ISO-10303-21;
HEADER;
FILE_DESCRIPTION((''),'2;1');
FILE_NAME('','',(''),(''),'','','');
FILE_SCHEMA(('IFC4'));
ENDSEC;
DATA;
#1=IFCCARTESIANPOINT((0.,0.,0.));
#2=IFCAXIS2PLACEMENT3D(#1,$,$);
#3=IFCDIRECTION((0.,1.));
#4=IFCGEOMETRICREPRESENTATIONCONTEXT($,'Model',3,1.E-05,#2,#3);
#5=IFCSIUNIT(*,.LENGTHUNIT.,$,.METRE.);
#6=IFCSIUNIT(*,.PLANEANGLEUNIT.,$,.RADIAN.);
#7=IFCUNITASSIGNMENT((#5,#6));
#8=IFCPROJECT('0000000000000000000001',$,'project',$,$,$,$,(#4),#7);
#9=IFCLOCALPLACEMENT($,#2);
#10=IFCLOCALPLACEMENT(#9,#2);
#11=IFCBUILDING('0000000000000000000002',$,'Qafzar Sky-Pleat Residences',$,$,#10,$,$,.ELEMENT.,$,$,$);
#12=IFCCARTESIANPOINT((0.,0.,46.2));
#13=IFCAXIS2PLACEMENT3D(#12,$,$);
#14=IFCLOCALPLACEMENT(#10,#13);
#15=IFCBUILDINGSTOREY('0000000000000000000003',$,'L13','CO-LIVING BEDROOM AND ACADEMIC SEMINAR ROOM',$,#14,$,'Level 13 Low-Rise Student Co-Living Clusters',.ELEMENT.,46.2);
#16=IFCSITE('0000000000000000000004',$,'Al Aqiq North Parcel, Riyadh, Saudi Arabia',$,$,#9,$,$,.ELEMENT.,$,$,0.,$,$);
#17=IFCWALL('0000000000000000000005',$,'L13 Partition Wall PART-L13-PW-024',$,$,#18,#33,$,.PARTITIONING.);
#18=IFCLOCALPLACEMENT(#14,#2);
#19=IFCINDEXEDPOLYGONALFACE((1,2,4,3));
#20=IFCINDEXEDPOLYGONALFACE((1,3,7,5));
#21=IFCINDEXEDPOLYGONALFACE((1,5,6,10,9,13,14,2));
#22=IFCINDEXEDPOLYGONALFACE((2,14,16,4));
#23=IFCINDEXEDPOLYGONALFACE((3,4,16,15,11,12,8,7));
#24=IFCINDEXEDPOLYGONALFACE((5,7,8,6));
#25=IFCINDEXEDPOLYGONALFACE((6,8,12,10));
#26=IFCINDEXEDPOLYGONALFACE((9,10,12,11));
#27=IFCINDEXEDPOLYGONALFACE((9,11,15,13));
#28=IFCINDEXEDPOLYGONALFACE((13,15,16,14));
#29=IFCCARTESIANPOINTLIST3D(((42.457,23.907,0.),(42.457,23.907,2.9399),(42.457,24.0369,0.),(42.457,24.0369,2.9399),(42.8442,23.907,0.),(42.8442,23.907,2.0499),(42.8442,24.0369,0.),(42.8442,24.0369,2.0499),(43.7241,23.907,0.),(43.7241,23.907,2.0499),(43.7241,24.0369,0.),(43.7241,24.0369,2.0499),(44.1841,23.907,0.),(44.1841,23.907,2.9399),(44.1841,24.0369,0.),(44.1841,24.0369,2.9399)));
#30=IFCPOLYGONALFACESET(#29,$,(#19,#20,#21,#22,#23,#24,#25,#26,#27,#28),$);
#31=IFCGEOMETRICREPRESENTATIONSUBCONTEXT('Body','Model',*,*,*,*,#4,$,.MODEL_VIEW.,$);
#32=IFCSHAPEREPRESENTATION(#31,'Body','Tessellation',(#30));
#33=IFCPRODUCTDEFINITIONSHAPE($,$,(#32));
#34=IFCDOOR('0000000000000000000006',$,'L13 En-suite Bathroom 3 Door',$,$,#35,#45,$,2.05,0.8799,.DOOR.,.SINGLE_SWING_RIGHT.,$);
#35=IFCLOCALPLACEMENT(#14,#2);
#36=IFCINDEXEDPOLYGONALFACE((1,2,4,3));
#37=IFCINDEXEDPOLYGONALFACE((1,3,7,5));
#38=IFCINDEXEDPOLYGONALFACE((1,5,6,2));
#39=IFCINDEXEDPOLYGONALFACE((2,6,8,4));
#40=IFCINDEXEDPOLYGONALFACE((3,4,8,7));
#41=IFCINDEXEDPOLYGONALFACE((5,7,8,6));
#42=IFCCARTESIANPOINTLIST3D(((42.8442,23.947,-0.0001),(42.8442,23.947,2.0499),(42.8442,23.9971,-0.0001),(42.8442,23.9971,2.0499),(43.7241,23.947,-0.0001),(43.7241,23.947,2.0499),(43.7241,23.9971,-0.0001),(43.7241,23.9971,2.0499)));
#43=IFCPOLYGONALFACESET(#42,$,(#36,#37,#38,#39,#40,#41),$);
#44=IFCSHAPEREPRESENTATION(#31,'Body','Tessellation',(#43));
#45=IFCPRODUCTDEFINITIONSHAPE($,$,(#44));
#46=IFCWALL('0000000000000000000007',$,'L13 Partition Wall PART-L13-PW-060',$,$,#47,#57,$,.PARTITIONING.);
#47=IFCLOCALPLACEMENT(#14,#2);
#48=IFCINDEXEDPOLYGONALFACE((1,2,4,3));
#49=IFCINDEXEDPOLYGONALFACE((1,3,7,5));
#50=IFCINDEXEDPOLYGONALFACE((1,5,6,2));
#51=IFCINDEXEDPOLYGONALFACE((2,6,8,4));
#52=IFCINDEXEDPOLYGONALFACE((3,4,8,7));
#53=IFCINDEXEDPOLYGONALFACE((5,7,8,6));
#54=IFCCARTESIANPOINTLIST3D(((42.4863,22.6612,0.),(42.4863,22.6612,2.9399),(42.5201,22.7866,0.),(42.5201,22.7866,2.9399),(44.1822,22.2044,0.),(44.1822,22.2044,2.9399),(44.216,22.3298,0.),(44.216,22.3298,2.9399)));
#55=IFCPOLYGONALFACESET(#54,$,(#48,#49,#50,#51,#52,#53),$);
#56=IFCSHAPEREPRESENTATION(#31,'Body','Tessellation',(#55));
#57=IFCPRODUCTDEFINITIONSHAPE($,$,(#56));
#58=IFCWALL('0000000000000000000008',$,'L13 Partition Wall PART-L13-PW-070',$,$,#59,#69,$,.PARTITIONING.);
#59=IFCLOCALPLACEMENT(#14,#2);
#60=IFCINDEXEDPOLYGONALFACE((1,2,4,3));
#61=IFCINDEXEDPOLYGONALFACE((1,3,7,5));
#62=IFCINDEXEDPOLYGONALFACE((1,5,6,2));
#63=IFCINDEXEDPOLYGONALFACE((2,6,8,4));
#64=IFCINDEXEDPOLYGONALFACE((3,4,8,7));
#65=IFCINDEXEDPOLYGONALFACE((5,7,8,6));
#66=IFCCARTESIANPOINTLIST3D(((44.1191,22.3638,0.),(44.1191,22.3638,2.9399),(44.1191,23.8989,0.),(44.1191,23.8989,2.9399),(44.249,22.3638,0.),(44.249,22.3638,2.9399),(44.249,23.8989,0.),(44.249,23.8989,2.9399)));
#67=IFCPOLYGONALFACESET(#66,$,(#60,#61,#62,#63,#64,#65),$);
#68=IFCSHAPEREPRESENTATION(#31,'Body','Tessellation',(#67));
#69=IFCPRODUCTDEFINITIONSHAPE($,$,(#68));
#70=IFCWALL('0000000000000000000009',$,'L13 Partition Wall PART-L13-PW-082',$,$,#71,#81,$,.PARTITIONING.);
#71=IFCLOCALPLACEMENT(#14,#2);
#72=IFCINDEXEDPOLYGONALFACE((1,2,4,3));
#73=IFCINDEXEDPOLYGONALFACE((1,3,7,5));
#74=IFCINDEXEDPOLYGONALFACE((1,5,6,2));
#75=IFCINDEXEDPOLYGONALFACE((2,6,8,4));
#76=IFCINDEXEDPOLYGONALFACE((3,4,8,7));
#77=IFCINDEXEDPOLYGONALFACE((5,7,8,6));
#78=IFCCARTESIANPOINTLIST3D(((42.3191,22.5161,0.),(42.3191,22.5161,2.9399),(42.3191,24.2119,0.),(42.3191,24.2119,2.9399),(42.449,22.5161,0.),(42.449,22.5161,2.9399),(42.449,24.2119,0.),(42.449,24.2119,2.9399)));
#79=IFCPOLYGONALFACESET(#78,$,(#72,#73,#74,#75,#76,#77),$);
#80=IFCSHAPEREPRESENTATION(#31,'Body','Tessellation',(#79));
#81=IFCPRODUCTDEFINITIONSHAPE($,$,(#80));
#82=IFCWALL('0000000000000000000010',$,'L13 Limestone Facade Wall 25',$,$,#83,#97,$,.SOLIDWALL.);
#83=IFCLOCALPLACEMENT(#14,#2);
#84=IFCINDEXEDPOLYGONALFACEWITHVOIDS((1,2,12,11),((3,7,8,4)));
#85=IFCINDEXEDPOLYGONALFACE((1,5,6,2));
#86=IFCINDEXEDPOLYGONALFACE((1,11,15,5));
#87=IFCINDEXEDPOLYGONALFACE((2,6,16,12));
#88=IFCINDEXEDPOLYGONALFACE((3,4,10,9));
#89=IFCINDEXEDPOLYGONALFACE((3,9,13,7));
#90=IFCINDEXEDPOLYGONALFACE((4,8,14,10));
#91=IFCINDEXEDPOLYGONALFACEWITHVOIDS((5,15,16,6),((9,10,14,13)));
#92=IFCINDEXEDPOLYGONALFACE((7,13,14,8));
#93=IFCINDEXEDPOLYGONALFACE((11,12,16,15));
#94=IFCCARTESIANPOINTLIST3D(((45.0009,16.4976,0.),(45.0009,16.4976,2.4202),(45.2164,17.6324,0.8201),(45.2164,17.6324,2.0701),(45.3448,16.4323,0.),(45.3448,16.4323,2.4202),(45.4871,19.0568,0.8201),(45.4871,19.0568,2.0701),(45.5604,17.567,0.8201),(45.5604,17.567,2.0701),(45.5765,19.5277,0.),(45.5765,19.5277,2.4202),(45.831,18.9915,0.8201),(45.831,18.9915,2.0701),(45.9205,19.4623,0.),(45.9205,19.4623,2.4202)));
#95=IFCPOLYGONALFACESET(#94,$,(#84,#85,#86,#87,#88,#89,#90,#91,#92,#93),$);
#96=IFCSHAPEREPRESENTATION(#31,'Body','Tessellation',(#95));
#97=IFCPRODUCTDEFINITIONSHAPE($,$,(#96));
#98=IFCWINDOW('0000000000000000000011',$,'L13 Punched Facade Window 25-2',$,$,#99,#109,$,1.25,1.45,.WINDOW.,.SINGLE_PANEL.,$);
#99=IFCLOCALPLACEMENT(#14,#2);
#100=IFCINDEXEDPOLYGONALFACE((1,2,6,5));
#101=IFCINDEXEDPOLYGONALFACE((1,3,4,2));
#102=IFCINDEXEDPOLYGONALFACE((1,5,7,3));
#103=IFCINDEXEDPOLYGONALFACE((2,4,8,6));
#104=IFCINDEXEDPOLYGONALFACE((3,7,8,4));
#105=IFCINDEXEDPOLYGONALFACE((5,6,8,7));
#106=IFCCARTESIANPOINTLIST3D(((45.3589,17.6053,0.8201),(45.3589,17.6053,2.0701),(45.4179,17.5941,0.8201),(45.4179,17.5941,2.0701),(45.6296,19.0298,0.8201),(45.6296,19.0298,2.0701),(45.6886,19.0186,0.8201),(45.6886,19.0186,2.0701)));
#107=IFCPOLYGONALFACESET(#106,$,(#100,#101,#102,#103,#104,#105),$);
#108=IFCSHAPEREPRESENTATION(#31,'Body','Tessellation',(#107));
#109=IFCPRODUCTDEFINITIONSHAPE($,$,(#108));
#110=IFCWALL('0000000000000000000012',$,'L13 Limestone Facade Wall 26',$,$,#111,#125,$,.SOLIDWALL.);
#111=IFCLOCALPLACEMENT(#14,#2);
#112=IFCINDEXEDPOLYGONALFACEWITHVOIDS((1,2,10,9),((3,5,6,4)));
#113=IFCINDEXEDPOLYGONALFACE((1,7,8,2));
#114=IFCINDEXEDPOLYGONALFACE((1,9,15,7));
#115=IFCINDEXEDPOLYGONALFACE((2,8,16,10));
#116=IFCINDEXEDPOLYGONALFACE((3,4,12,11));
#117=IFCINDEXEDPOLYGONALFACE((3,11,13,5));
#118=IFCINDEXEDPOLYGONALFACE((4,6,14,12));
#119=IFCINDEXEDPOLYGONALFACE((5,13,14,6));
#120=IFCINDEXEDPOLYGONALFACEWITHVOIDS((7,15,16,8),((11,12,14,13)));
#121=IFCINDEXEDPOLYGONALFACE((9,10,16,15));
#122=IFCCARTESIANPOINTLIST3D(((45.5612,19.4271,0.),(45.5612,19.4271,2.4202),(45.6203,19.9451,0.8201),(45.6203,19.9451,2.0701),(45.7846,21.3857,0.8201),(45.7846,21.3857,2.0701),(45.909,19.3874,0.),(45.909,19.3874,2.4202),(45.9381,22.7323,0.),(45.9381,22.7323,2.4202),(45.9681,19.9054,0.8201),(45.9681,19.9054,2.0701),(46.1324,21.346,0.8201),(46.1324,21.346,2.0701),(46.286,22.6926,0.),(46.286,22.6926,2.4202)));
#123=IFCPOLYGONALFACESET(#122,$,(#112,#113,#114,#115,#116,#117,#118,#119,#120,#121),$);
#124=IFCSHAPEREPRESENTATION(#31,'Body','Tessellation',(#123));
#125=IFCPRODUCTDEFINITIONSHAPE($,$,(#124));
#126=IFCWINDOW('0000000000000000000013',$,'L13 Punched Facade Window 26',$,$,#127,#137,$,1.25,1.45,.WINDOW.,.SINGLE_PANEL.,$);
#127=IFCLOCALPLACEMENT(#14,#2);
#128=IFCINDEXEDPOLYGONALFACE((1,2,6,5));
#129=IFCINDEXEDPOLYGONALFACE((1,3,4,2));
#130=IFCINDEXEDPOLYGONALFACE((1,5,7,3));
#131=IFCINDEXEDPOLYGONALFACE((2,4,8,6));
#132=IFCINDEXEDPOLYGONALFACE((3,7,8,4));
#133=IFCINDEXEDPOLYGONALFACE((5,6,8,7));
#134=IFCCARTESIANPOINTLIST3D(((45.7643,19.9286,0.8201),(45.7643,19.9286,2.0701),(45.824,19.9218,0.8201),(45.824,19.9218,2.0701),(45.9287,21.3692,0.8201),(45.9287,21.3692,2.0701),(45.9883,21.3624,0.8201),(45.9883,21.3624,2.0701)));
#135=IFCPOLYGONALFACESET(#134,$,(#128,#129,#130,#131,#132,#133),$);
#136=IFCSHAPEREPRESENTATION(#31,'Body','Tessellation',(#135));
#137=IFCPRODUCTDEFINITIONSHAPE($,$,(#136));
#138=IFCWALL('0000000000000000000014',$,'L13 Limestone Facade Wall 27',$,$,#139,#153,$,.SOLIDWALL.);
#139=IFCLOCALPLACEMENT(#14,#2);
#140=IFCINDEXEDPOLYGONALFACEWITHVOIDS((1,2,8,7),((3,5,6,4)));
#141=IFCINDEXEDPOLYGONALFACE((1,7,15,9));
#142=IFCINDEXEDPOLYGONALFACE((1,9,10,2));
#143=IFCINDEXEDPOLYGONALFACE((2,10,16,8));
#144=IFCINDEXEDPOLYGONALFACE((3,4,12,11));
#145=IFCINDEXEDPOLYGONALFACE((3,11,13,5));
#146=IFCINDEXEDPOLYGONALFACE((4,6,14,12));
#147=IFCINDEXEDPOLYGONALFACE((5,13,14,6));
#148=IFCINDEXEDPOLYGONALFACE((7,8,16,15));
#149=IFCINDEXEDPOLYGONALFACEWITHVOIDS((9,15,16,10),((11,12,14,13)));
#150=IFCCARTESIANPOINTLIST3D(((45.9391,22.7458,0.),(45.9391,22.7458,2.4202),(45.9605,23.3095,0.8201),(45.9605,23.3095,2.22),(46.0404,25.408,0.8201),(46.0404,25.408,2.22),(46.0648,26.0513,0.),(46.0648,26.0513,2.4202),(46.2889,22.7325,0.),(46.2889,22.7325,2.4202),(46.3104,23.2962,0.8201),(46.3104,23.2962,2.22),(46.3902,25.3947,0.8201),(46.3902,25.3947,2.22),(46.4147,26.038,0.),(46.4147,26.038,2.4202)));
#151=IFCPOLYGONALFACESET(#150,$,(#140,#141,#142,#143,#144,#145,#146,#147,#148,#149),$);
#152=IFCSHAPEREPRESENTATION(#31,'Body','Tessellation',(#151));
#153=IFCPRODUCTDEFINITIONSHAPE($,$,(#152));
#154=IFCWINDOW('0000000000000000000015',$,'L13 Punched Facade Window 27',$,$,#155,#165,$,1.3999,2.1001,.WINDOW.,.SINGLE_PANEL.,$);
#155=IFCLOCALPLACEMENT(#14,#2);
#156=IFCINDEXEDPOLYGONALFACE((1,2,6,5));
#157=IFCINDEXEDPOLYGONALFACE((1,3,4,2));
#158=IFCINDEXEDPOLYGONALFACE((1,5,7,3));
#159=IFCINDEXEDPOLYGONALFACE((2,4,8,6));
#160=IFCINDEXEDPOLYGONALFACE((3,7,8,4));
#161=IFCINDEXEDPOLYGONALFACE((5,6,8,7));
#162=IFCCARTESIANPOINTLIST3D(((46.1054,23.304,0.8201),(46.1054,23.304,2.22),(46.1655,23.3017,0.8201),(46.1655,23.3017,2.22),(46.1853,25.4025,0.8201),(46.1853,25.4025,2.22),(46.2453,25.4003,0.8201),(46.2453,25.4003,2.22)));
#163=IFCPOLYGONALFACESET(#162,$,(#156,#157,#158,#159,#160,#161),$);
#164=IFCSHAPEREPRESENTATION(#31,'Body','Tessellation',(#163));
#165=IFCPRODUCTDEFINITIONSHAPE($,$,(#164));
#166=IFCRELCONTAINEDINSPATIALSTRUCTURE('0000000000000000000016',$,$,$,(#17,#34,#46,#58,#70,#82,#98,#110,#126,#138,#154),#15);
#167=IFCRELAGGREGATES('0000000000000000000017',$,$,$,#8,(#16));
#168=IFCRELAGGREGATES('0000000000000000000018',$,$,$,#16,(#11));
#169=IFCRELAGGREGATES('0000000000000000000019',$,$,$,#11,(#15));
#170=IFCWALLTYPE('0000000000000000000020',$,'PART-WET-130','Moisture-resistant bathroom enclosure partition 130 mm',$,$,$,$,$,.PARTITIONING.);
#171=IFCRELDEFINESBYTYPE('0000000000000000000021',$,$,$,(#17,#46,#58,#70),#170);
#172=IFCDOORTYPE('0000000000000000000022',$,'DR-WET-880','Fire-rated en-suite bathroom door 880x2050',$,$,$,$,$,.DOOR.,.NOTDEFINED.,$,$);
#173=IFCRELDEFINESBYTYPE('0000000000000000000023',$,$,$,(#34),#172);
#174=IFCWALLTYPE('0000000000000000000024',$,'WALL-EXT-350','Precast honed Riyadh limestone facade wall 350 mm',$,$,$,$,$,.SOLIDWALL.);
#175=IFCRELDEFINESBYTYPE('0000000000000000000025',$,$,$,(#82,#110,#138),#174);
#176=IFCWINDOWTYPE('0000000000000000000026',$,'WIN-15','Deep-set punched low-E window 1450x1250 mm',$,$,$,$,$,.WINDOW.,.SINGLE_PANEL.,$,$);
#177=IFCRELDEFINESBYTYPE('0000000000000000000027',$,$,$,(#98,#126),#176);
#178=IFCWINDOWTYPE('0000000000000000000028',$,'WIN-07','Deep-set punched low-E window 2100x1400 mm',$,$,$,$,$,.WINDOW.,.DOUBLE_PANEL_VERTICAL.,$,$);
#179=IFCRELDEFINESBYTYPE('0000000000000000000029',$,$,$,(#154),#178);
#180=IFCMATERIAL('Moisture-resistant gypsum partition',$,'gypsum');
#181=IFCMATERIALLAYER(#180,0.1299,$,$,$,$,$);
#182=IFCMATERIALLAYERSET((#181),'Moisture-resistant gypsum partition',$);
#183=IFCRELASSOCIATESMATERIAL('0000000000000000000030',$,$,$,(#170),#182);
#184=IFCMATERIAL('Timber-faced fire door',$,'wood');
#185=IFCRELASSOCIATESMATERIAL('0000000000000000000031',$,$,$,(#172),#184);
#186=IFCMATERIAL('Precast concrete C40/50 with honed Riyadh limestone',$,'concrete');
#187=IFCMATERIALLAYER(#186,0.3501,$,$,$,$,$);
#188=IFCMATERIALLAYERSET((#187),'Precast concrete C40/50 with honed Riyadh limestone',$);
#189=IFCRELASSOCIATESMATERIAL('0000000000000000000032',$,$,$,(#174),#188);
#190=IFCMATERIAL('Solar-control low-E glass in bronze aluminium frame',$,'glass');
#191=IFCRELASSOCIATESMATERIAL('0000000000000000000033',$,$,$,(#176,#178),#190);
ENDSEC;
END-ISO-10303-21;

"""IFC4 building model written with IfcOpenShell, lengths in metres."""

from ifc_helpers import new_model, si_unit, direction, frame, frame_2d, origin, place, context, subcontext, project, spatial, rectangle, extrude, source, transform, mapped, material, layer, layer_set, type_object, element, fill, save


model = new_model("IFC4")

# Units and contexts
model_context = context("Model", 3, precision=1e-05, world=origin(), true_north=direction((0.0, 1.0)))
body_context = subcontext(model_context, "Body", "Model", "MODEL_VIEW")
ifc_project = project(units=[si_unit("LENGTHUNIT", "METRE"), si_unit("PLANEANGLEUNIT", "RADIAN")], contexts=[model_context])

# Site, building, storey
site_placement = place(None, origin())
site = spatial("IfcSite", under=ifc_project, at=site_placement, Name="Al Aqiq North Parcel, Riyadh, Saudi Arabia", CompositionType="ELEMENT", RefElevation=0.0)
building_placement = place(site_placement, origin())
building = spatial("IfcBuilding", under=site, at=building_placement, Name="Qafzar Sky-Pleat Residences", CompositionType="ELEMENT")
storey_placement = place(building_placement, frame((0.0, 0.0, 46.2)))
storey = spatial("IfcBuildingStorey", under=building, at=storey_placement, Name="L13", Description="CO-LIVING BEDROOM AND ACADEMIC SEMINAR ROOM", LongName="Level 13 Low-Rise Student Co-Living Clusters", CompositionType="ELEMENT", Elevation=46.2)

# Wall, opening, door
ifc_material_1 = material(Name="Moisture-resistant gypsum partition", Category="gypsum")
ifc_layer_1 = layer(ifc_material_1, 0.1299)
ifc_layer_set_1 = layer_set([ifc_layer_1], Name="Moisture-resistant gypsum partition")
wall_type_1 = type_object("IfcWallType", Name="PART-WET-130", Description="Moisture-resistant bathroom enclosure partition 130 mm", PredefinedType="PARTITIONING", material=ifc_layer_set_1)
wall_1_placement = place(storey_placement, frame((44.1841, 23.9719, 0.0), z_axis=(0.0, 0.0, 1.0), x_axis=(-1.0, 0.0, 0.0)))
wall_1 = element("IfcWall", 1, at=wall_1_placement, inside=storey, type_object=wall_type_1, Name="L13 Partition Wall PART-L13-PW-024", PredefinedType="PARTITIONING", context=body_context, shape_type="SweptSolid", body=[
    extrude(rectangle(XDim=1.7271, YDim=0.1299, at=frame_2d((0.8635, 0.0))), origin(), (0.0, 0.0, 1.0), 2.9399),
])
opening_1_placement = place(wall_1_placement, frame((0.46, 0.0, 0.0)))
opening_1 = element("IfcOpeningElement", 2, at=opening_1_placement, cuts=wall_1, PredefinedType="OPENING", context=body_context, shape_type="SweptSolid", body=[
    extrude(rectangle(XDim=0.8799, YDim=2.05, at=frame_2d((0.4399, 1.0249))), frame((0.0, 0.075, 0.0), z_axis=(0.0, -1.0, 0.0), x_axis=(1.0, 0.0, 0.0)), (0.0, 0.0, 1.0), 0.1499),
])
ifc_material_2 = material(Name="Timber-faced fire door", Category="wood")
door_type = type_object("IfcDoorType", Name="DR-WET-880", Description="Fire-rated en-suite bathroom door 880x2050", OperationType="NOTDEFINED", PredefinedType="DOOR", material=ifc_material_2)
shared_shape_1 = source(origin(), body_context, "Body", "SweptSolid", [
    extrude(rectangle(XDim=0.8799, YDim=2.05, at=frame_2d((0.4399, 1.0249))), frame((0.0, 0.0249, 0.0), z_axis=(0.0, -1.0, 0.0), x_axis=(1.0, 0.0, 0.0)), (0.0, 0.0, 1.0), 0.05),
])
door_placement = place(opening_1_placement, origin())
door = element("IfcDoor", 3, at=door_placement, inside=storey, type_object=door_type, Name="L13 En-suite Bathroom 3 Door", OperationType="SINGLE_SWING_RIGHT", OverallHeight=2.05, OverallWidth=0.8799, PredefinedType="DOOR", context=body_context, shape_type="MappedRepresentation", body=[
    mapped(shared_shape_1, transform((0.0, 0.0, 0.0), x_axis=(1.0, 0.0, 0.0), y_axis=(0.0, 1.0, 0.0), z_axis=(0.0, 0.0, 1.0), scale=1.0)),
])
fill(opening_1, door)

# Walls
wall_2_placement = place(storey_placement, frame((42.5032, 22.7239, 0.0), z_axis=(0.0, 0.0, 1.0), x_axis=(0.965584, -0.260093, 0.0)))
element("IfcWall", 4, at=wall_2_placement, inside=storey, type_object=wall_type_1, Name="L13 Partition Wall PART-L13-PW-060", PredefinedType="PARTITIONING", context=body_context, shape_type="SweptSolid", body=[
    extrude(rectangle(XDim=1.7563, YDim=0.1299, at=frame_2d((0.8782, 0.0))), origin(), (0.0, 0.0, 1.0), 2.9399),
])
wall_3_placement = place(storey_placement, frame((44.1841, 22.3638, 0.0), z_axis=(0.0, 0.0, 1.0), x_axis=(0.0, 1.0, 0.0)))
element("IfcWall", 5, at=wall_3_placement, inside=storey, type_object=wall_type_1, Name="L13 Partition Wall PART-L13-PW-070", PredefinedType="PARTITIONING", context=body_context, shape_type="SweptSolid", body=[
    extrude(rectangle(XDim=1.5352, YDim=0.1299, at=frame_2d((0.7676, 0.0))), origin(), (0.0, 0.0, 1.0), 2.9399),
])
wall_4_placement = place(storey_placement, frame((42.384, 22.5161, 0.0), z_axis=(0.0, 0.0, 1.0), x_axis=(0.0, 1.0, 0.0)))
element("IfcWall", 6, at=wall_4_placement, inside=storey, type_object=wall_type_1, Name="L13 Partition Wall PART-L13-PW-082", PredefinedType="PARTITIONING", context=body_context, shape_type="SweptSolid", body=[
    extrude(rectangle(XDim=1.6958, YDim=0.1299, at=frame_2d((0.8479, 0.0))), origin(), (0.0, 0.0, 1.0), 2.9399),
])

# Walls, openings, windows
ifc_material_3 = material(Name="Precast concrete C40/50 with honed Riyadh limestone", Category="concrete")
ifc_layer_2 = layer(ifc_material_3, 0.3501)
ifc_layer_set_2 = layer_set([ifc_layer_2], Name="Precast concrete C40/50 with honed Riyadh limestone")
wall_type_2 = type_object("IfcWallType", Name="WALL-EXT-350", Description="Precast honed Riyadh limestone facade wall 350 mm", PredefinedType="SOLIDWALL", material=ifc_layer_set_2)
wall_5_placement = place(storey_placement, frame((45.1729, 16.4651, 0.0), z_axis=(0.0, 0.0, 1.0), x_axis=(0.186654, 0.982426, 0.0)))
wall_5 = element("IfcWall", 7, at=wall_5_placement, inside=storey, type_object=wall_type_2, Name="L13 Limestone Facade Wall 25", PredefinedType="SOLIDWALL", context=body_context, shape_type="SweptSolid", body=[
    extrude(rectangle(XDim=3.0842, YDim=0.3501, at=frame_2d((1.542, 0.0))), origin(), (0.0, 0.0, 1.0), 2.4202),
])
opening_2_placement = place(wall_5_placement, frame((1.1548, 0.0, 0.8201)))
opening_2 = element("IfcOpeningElement", 8, at=opening_2_placement, cuts=wall_5, PredefinedType="OPENING", context=body_context, shape_type="SweptSolid", body=[
    extrude(rectangle(XDim=1.45, YDim=1.25, at=frame_2d((0.7251, 0.625))), frame((0.0, 0.1851, 0.0), z_axis=(0.0, -1.0, 0.0), x_axis=(1.0, 0.0, 0.0)), (0.0, 0.0, 1.0), 0.3701),
])
ifc_material_4 = material(Name="Solar-control low-E glass in bronze aluminium frame", Category="glass")
window_type_1 = type_object("IfcWindowType", Name="WIN-15", Description="Deep-set punched low-E window 1450x1250 mm", PartitioningType="SINGLE_PANEL", PredefinedType="WINDOW", material=ifc_material_4)
shared_shape_2 = source(origin(), body_context, "Body", "SweptSolid", [
    extrude(rectangle(XDim=1.45, YDim=1.25, at=frame_2d((0.7251, 0.625))), frame((0.0, 0.03, 0.0), z_axis=(0.0, -1.0, 0.0), x_axis=(1.0, 0.0, 0.0)), (0.0, 0.0, 1.0), 0.0601),
])
window_1_placement = place(opening_2_placement, origin())
window_1 = element("IfcWindow", 9, at=window_1_placement, inside=storey, type_object=window_type_1, Name="L13 Punched Facade Window 25-2", OverallHeight=1.25, OverallWidth=1.45, PartitioningType="SINGLE_PANEL", PredefinedType="WINDOW", context=body_context, shape_type="MappedRepresentation", body=[
    mapped(shared_shape_2, transform((0.0, 0.0, 0.0), x_axis=(1.0, 0.0, 0.0), y_axis=(0.0, 1.0, 0.0), z_axis=(0.0, 0.0, 1.0), scale=1.0)),
])
fill(opening_2, window_1)
wall_6_placement = place(storey_placement, frame((45.7351, 19.4072, 0.0), z_axis=(0.0, 0.0, 1.0), x_axis=(0.113315, 0.993559, 0.0)))
wall_6 = element("IfcWall", 10, at=wall_6_placement, inside=storey, type_object=wall_type_2, Name="L13 Limestone Facade Wall 26", PredefinedType="SOLIDWALL", context=body_context, shape_type="SweptSolid", body=[
    extrude(rectangle(XDim=3.3267, YDim=0.3501, at=frame_2d((1.6633, 0.0))), origin(), (0.0, 0.0, 1.0), 2.4202),
])
opening_3_placement = place(wall_6_placement, frame((0.5212, 0.0, 0.8201)))
opening_3 = element("IfcOpeningElement", 11, at=opening_3_placement, cuts=wall_6, PredefinedType="OPENING", context=body_context, shape_type="SweptSolid", body=[
    extrude(rectangle(XDim=1.45, YDim=1.25, at=frame_2d((0.7251, 0.625))), frame((0.0, 0.1851, 0.0), z_axis=(0.0, -1.0, 0.0), x_axis=(1.0, 0.0, 0.0)), (0.0, 0.0, 1.0), 0.3701),
])
window_2_placement = place(opening_3_placement, origin())
window_2 = element("IfcWindow", 12, at=window_2_placement, inside=storey, type_object=window_type_1, Name="L13 Punched Facade Window 26", OverallHeight=1.25, OverallWidth=1.45, PartitioningType="SINGLE_PANEL", PredefinedType="WINDOW", context=body_context, shape_type="MappedRepresentation", body=[
    mapped(shared_shape_2, transform((0.0, 0.0, 0.0), x_axis=(1.0, 0.0, 0.0), y_axis=(0.0, 1.0, 0.0), z_axis=(0.0, 0.0, 1.0), scale=1.0)),
])
fill(opening_3, window_2)
wall_7_placement = place(storey_placement, frame((46.114, 22.7393, 0.0), z_axis=(0.0, 0.0, 1.0), x_axis=(0.038011, 0.999277, 0.0)))
wall_7 = element("IfcWall", 13, at=wall_7_placement, inside=storey, type_object=wall_type_2, Name="L13 Limestone Facade Wall 27", PredefinedType="SOLIDWALL", context=body_context, shape_type="SweptSolid", body=[
    extrude(rectangle(XDim=3.3079, YDim=0.3501, at=frame_2d((1.6538, 0.0))), origin(), (0.0, 0.0, 1.0), 2.4202),
])
opening_4_placement = place(wall_7_placement, frame((0.564, 0.0, 0.8201)))
opening_4 = element("IfcOpeningElement", 14, at=opening_4_placement, cuts=wall_7, PredefinedType="OPENING", context=body_context, shape_type="SweptSolid", body=[
    extrude(rectangle(XDim=2.1001, YDim=1.3999, at=frame_2d((1.05, 0.7))), frame((0.0, 0.1851, 0.0), z_axis=(0.0, -1.0, 0.0), x_axis=(1.0, 0.0, 0.0)), (0.0, 0.0, 1.0), 0.3701),
])
window_type_2 = type_object("IfcWindowType", Name="WIN-07", Description="Deep-set punched low-E window 2100x1400 mm", PartitioningType="DOUBLE_PANEL_VERTICAL", PredefinedType="WINDOW", material=ifc_material_4)
shared_shape_3 = source(origin(), body_context, "Body", "SweptSolid", [
    extrude(rectangle(XDim=2.1001, YDim=1.3999, at=frame_2d((1.05, 0.7))), frame((0.0, 0.03, 0.0), z_axis=(0.0, -1.0, 0.0), x_axis=(1.0, 0.0, 0.0)), (0.0, 0.0, 1.0), 0.0601),
])
window_3_placement = place(opening_4_placement, origin())
window_3 = element("IfcWindow", 15, at=window_3_placement, inside=storey, type_object=window_type_2, Name="L13 Punched Facade Window 27", OverallHeight=1.3999, OverallWidth=2.1001, PartitioningType="SINGLE_PANEL", PredefinedType="WINDOW", context=body_context, shape_type="MappedRepresentation", body=[
    mapped(shared_shape_3, transform((0.0, 0.0, 0.0), x_axis=(1.0, 0.0, 0.0), y_axis=(0.0, 1.0, 0.0), z_axis=(0.0, 0.0, 1.0), scale=1.0)),
])
fill(opening_4, window_3)

save(model, "model.ifc")
